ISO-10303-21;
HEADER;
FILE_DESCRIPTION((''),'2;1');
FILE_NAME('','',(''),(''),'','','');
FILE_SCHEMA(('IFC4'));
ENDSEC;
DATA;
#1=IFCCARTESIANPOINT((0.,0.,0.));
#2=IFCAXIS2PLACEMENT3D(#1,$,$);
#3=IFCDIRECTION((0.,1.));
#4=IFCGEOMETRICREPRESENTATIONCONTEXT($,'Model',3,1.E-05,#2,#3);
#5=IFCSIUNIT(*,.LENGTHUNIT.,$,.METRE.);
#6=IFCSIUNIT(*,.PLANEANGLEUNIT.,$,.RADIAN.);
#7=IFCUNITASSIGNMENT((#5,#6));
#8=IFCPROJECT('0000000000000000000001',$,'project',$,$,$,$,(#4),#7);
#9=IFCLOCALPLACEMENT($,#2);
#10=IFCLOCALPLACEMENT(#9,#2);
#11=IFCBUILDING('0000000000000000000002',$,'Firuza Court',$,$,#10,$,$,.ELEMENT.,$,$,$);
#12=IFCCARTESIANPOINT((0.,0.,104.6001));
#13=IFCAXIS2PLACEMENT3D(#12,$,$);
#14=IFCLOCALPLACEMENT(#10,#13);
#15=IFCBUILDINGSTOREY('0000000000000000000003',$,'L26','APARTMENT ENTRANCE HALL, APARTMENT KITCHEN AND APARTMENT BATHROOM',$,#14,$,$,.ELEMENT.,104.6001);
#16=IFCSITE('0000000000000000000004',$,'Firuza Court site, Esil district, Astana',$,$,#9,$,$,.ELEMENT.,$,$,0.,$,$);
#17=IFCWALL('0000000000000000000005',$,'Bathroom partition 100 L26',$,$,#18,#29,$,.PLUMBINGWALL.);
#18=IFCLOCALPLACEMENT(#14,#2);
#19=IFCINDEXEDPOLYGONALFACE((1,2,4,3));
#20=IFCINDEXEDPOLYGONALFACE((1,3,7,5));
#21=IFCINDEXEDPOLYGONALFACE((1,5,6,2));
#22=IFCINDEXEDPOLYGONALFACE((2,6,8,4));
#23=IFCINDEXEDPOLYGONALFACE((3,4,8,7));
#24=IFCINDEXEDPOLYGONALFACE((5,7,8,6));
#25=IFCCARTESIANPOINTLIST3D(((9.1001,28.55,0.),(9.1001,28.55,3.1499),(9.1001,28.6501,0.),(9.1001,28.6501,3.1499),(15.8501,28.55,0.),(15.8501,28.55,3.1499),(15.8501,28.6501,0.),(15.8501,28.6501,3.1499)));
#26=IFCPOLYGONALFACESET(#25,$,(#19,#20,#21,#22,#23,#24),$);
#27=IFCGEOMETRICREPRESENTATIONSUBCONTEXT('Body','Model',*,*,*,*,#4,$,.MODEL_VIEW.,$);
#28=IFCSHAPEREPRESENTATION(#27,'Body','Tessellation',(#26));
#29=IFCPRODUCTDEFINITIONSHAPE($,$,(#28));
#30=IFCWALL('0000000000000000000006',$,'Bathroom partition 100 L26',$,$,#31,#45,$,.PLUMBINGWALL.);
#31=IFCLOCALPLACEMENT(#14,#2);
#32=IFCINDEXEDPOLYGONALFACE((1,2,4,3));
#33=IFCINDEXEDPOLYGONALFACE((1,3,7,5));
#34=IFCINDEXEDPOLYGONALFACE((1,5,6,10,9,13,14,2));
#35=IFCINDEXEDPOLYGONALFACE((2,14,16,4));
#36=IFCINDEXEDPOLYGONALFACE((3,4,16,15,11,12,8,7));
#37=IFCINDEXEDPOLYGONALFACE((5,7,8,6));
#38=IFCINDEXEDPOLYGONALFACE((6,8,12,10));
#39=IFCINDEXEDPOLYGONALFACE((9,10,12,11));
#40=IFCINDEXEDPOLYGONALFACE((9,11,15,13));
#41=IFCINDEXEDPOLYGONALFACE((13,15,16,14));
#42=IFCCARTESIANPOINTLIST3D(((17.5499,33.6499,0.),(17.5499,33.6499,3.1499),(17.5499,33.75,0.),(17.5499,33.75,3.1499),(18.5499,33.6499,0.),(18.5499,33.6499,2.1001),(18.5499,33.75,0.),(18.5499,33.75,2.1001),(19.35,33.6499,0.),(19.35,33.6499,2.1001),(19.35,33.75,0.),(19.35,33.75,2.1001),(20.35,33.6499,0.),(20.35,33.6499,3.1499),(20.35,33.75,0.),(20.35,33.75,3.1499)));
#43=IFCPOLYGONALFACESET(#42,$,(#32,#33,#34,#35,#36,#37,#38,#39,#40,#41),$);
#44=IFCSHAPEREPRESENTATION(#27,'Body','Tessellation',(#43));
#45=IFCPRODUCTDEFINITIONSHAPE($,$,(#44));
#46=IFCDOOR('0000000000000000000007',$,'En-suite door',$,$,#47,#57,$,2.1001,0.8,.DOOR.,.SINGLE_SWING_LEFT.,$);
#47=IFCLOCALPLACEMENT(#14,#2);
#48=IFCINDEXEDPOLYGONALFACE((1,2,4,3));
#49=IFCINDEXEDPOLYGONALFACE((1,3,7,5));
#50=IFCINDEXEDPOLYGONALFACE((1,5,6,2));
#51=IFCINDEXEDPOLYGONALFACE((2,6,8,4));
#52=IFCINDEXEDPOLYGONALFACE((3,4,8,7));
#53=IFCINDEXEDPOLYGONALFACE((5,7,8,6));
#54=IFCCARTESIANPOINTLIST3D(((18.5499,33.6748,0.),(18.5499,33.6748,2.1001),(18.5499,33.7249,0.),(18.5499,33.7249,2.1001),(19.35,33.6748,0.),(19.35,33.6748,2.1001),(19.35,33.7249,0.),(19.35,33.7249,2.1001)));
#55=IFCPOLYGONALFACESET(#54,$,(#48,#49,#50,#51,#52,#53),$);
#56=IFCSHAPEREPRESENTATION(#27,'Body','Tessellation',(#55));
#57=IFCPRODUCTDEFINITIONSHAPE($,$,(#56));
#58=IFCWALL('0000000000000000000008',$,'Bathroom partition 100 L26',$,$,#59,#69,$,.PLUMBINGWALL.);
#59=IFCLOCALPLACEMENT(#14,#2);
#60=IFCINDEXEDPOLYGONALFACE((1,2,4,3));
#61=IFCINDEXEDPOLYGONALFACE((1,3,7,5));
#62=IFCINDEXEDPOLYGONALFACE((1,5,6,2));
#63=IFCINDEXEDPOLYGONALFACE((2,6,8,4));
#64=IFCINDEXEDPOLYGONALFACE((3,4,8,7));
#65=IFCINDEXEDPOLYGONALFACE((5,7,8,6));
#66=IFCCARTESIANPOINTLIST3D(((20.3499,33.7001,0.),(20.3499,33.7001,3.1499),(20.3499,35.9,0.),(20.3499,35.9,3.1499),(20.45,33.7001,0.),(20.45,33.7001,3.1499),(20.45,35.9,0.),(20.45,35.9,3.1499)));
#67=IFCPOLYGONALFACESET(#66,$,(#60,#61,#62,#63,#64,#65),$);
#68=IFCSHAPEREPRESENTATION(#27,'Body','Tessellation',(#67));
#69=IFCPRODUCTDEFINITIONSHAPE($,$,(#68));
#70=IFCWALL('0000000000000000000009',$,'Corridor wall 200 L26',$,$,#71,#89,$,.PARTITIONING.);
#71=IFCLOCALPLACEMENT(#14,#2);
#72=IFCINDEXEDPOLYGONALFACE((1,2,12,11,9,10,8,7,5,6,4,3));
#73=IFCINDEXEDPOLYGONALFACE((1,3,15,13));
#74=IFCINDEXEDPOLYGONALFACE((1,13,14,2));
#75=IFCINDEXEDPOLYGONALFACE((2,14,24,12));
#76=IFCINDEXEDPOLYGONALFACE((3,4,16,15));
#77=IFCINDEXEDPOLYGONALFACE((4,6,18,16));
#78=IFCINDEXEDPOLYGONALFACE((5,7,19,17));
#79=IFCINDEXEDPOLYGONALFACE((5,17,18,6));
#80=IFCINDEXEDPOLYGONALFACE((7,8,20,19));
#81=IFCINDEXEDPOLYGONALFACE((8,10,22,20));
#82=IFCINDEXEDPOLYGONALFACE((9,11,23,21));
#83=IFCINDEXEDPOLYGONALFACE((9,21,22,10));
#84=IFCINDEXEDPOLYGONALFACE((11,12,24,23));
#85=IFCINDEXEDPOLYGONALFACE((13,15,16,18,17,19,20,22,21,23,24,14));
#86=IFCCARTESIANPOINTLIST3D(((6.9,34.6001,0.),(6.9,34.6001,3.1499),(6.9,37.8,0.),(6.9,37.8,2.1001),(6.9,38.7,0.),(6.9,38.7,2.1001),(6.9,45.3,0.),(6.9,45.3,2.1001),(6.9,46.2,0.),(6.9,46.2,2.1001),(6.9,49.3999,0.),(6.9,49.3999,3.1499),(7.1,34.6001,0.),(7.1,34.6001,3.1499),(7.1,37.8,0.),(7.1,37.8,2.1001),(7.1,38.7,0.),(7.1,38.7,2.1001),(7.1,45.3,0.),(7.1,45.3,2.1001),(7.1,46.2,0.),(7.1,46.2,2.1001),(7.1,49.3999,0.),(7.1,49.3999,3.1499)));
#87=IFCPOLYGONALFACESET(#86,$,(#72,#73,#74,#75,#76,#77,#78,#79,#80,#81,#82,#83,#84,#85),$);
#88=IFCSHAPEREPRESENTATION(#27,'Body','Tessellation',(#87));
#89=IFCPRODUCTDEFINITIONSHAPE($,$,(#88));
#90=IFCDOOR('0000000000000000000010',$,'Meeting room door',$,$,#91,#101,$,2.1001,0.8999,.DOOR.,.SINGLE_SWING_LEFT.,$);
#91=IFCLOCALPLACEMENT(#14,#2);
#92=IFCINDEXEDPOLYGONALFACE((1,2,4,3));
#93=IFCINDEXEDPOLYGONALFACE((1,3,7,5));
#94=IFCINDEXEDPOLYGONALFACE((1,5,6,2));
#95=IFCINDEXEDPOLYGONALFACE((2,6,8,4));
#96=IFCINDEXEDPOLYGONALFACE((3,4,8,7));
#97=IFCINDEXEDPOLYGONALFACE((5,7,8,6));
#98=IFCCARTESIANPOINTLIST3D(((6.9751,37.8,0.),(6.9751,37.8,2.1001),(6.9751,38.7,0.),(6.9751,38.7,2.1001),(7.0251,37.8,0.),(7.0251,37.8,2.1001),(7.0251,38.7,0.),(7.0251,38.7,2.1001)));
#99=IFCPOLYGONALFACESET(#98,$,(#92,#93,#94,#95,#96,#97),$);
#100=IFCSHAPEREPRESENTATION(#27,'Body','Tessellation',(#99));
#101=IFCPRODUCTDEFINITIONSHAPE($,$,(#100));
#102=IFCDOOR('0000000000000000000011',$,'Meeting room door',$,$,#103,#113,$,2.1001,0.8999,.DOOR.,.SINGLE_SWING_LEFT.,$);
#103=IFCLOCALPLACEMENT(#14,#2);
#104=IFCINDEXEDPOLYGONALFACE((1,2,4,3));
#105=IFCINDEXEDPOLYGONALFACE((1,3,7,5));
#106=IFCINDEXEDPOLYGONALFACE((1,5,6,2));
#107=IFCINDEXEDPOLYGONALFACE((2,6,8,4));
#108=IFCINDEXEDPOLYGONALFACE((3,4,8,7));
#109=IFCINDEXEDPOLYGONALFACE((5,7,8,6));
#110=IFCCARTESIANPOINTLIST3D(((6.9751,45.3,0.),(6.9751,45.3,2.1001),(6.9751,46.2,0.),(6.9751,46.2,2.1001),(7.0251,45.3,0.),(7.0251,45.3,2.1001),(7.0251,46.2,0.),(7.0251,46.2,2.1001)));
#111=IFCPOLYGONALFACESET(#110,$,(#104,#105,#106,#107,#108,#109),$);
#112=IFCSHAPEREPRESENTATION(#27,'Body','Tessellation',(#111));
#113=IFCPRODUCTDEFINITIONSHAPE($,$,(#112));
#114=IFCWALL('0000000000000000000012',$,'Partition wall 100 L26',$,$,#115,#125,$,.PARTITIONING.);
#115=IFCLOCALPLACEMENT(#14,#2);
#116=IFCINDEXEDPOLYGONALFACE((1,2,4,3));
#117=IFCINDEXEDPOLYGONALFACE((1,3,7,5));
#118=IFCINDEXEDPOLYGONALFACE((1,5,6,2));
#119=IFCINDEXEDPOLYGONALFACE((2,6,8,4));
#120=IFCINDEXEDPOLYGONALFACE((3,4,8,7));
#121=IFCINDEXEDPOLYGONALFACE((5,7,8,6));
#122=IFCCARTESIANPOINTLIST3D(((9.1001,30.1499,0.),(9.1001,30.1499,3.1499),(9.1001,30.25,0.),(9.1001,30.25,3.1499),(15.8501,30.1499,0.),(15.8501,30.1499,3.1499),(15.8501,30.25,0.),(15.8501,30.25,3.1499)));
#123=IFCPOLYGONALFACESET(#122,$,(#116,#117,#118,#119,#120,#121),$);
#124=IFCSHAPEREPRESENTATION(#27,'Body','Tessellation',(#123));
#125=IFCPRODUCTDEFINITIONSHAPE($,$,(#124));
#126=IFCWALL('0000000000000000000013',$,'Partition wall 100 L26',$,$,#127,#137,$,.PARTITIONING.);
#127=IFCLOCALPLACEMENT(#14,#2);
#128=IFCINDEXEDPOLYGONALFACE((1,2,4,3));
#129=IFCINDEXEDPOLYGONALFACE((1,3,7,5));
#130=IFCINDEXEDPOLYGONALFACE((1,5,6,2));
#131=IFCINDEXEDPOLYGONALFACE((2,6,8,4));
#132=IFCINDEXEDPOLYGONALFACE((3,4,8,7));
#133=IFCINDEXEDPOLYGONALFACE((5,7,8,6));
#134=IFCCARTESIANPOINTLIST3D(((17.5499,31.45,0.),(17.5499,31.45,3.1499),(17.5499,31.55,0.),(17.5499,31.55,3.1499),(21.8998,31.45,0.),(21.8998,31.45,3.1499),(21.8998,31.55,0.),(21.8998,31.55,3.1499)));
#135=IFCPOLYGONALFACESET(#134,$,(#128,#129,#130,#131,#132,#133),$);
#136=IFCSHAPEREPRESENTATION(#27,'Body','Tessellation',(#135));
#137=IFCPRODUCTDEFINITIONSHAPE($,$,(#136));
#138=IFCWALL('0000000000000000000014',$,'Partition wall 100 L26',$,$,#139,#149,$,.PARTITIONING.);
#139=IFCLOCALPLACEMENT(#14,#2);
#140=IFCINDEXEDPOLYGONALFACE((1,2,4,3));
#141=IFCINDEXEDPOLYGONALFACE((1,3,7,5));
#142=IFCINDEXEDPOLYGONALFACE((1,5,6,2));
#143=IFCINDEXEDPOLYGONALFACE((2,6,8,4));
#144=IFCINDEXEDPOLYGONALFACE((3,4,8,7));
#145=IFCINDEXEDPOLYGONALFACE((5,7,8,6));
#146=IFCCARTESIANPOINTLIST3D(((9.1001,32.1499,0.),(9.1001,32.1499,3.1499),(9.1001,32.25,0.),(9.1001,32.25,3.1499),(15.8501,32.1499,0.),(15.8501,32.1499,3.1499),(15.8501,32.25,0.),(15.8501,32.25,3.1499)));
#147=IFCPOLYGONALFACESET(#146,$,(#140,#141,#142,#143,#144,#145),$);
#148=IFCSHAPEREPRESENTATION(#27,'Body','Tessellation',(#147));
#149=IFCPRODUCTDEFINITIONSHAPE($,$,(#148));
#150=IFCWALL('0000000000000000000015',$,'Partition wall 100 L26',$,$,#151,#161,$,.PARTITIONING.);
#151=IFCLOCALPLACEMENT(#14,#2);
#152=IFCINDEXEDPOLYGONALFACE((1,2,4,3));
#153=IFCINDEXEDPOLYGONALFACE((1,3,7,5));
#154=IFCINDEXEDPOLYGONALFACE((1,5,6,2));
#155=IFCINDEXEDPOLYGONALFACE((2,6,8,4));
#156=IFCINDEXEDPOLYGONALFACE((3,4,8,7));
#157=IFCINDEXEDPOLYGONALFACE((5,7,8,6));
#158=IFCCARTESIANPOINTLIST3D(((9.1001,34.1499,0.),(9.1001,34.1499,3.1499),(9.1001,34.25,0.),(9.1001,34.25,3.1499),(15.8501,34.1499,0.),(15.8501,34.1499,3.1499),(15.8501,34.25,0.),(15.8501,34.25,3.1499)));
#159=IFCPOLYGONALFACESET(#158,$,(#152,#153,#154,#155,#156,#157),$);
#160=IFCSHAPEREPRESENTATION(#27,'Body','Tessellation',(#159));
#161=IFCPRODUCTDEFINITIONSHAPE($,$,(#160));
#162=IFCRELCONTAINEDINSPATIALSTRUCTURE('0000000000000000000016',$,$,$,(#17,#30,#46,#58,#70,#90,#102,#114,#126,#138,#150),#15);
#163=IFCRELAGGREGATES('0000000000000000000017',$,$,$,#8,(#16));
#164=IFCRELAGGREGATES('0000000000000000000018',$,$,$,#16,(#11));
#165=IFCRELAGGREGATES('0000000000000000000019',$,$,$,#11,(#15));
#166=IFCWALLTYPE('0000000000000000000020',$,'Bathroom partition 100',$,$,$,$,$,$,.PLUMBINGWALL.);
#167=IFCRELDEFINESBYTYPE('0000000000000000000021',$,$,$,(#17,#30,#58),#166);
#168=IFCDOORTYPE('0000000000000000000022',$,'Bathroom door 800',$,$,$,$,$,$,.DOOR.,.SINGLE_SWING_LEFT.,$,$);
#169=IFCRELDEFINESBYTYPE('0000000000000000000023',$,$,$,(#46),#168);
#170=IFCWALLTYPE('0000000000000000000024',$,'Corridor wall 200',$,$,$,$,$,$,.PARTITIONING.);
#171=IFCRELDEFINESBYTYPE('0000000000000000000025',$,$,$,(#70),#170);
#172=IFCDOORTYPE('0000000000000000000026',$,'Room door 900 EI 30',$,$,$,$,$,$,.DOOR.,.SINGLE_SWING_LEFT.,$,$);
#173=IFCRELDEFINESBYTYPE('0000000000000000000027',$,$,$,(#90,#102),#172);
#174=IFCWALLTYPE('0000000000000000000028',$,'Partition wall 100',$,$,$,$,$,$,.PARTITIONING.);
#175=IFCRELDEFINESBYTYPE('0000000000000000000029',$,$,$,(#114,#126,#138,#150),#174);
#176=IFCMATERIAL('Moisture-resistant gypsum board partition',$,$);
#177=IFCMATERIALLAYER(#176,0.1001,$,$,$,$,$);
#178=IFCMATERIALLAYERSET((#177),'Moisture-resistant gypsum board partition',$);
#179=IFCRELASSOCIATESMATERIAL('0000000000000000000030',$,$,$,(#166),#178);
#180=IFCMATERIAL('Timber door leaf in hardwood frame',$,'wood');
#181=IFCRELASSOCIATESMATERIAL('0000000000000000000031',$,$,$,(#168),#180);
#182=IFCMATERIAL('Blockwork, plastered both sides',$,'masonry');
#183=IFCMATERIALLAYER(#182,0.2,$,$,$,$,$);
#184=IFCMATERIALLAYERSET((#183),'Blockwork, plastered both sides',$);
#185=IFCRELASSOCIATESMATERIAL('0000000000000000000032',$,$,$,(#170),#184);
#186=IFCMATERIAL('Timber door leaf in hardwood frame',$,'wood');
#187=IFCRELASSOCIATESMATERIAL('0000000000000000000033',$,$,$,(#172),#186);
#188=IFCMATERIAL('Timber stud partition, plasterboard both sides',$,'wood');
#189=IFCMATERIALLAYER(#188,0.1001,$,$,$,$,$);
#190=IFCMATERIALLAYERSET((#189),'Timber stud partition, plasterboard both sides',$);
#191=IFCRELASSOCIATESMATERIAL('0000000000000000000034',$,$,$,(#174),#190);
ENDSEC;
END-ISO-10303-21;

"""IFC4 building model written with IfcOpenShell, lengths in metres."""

from ifc_helpers import new_model, si_unit, direction, frame, frame_2d, origin, place, context, subcontext, project, spatial, rectangle, extrude, material, layer, layer_set, type_object, element, fill, save


model = new_model("IFC4")

# Units and contexts
model_context = context("Model", 3, precision=1e-05, world=origin(), true_north=direction((0.0, 1.0)))
body_context = subcontext(model_context, "Body", "Model", "MODEL_VIEW")
ifc_project = project(units=[si_unit("LENGTHUNIT", "METRE"), si_unit("PLANEANGLEUNIT", "RADIAN")], contexts=[model_context])

# Site, building, storey
site_placement = place(None, origin())
site = spatial("IfcSite", under=ifc_project, at=site_placement, Name="Firuza Court site, Esil district, Astana", CompositionType="ELEMENT", RefElevation=0.0)
building_placement = place(site_placement, origin())
building = spatial("IfcBuilding", under=site, at=building_placement, Name="Firuza Court", CompositionType="ELEMENT")
storey_placement = place(building_placement, frame((0.0, 0.0, 104.6001)))
storey = spatial("IfcBuildingStorey", under=building, at=storey_placement, Name="L26", Description="APARTMENT ENTRANCE HALL, APARTMENT KITCHEN AND APARTMENT BATHROOM", CompositionType="ELEMENT", Elevation=104.6001)

# Wall
ifc_material_1 = material(Name="Moisture-resistant gypsum board partition")
ifc_layer_1 = layer(ifc_material_1, 0.1001)
ifc_layer_set_1 = layer_set([ifc_layer_1], Name="Moisture-resistant gypsum board partition")
wall_type_1 = type_object("IfcWallType", Name="Bathroom partition 100", PredefinedType="PLUMBINGWALL", material=ifc_layer_set_1)
wall_1_placement = place(storey_placement, frame((9.1001, 28.6001, 0.0), z_axis=(0.0, 0.0, 1.0), x_axis=(1.0, 0.0, 0.0)))
element("IfcWall", 1, at=wall_1_placement, inside=storey, type_object=wall_type_1, Name="Bathroom partition 100 L26", PredefinedType="PLUMBINGWALL", context=body_context, shape_type="SweptSolid", body=[
    extrude(rectangle(XDim=6.75, YDim=0.1001, at=frame_2d((3.375, 0.0))), origin(), (0.0, 0.0, 1.0), 3.1499),
])

# Wall, opening, door
wall_2_placement = place(storey_placement, frame((17.55, 33.7, 0.0), z_axis=(0.0, 0.0, 1.0), x_axis=(1.0, 0.0, 0.0)))
wall_2 = element("IfcWall", 2, at=wall_2_placement, inside=storey, type_object=wall_type_1, Name="Bathroom partition 100 L26", PredefinedType="PLUMBINGWALL", context=body_context, shape_type="SweptSolid", body=[
    extrude(rectangle(XDim=2.8, YDim=0.1001, at=frame_2d((1.3999, 0.0))), origin(), (0.0, 0.0, 1.0), 3.1499),
])
opening_1_placement = place(wall_2_placement, frame((1.0, 0.0, 0.0)))
opening_1 = element("IfcOpeningElement", 3, at=opening_1_placement, cuts=wall_2, PredefinedType="OPENING", context=body_context, shape_type="SweptSolid", body=[
    extrude(rectangle(XDim=0.8, YDim=2.1001, at=frame_2d((0.3999, 1.05))), frame((0.0, 0.062, 0.0), z_axis=(0.0, -1.0, 0.0), x_axis=(1.0, 0.0, 0.0)), (0.0, 0.0, 1.0), 0.124),
])
ifc_material_2 = material(Name="Timber door leaf in hardwood frame", Category="wood")
door_type_1 = type_object("IfcDoorType", Name="Bathroom door 800", OperationType="SINGLE_SWING_LEFT", PredefinedType="DOOR", material=ifc_material_2)
door_1_placement = place(opening_1_placement, origin())
door_1 = element("IfcDoor", 4, at=door_1_placement, inside=storey, type_object=door_type_1, Name="En-suite door", OperationType="SINGLE_SWING_LEFT", OverallHeight=2.1001, OverallWidth=0.8, PredefinedType="DOOR", context=body_context, shape_type="SweptSolid", body=[
    extrude(rectangle(XDim=0.8, YDim=2.1001, at=frame_2d((0.3999, 1.05))), frame((0.0, 0.0249, 0.0), z_axis=(0.0, -1.0, 0.0), x_axis=(1.0, 0.0, 0.0)), (0.0, 0.0, 1.0), 0.05),
])
fill(opening_1, door_1)

# Wall
wall_3_placement = place(storey_placement, frame((20.3999, 33.7, 0.0), z_axis=(0.0, 0.0, 1.0), x_axis=(0.0, 1.0, 0.0)))
element("IfcWall", 5, at=wall_3_placement, inside=storey, type_object=wall_type_1, Name="Bathroom partition 100 L26", PredefinedType="PLUMBINGWALL", context=body_context, shape_type="SweptSolid", body=[
    extrude(rectangle(XDim=2.2, YDim=0.1001, at=frame_2d((1.1001, 0.0))), origin(), (0.0, 0.0, 1.0), 3.1499),
])

# Wall, openings, doors
ifc_material_3 = material(Name="Blockwork, plastered both sides", Category="masonry")
ifc_layer_2 = layer(ifc_material_3, 0.2)
ifc_layer_set_2 = layer_set([ifc_layer_2], Name="Blockwork, plastered both sides")
wall_type_2 = type_object("IfcWallType", Name="Corridor wall 200", PredefinedType="PARTITIONING", material=ifc_layer_set_2)
wall_4_placement = place(storey_placement, frame((7.0, 34.6001, 0.0), z_axis=(0.0, 0.0, 1.0), x_axis=(0.0, 1.0, 0.0)))
wall_4 = element("IfcWall", 6, at=wall_4_placement, inside=storey, type_object=wall_type_2, Name="Corridor wall 200 L26", PredefinedType="PARTITIONING", context=body_context, shape_type="SweptSolid", body=[
    extrude(rectangle(XDim=14.7998, YDim=0.2, at=frame_2d((7.3999, 0.0))), origin(), (0.0, 0.0, 1.0), 3.1499),
])
opening_2_placement = place(wall_4_placement, frame((3.2, 0.0, 0.0)))
opening_2 = element("IfcOpeningElement", 7, at=opening_2_placement, cuts=wall_4, PredefinedType="OPENING", context=body_context, shape_type="SweptSolid", body=[
    extrude(rectangle(XDim=0.8999, YDim=2.1001, at=frame_2d((0.45, 1.05))), frame((0.0, 0.1118, 0.0), z_axis=(0.0, -1.0, 0.0), x_axis=(1.0, 0.0, 0.0)), (0.0, 0.0, 1.0), 0.2239),
])
opening_3_placement = place(wall_4_placement, frame((10.7, 0.0, 0.0)))
opening_3 = element("IfcOpeningElement", 8, at=opening_3_placement, cuts=wall_4, PredefinedType="OPENING", context=body_context, shape_type="SweptSolid", body=[
    extrude(rectangle(XDim=0.8999, YDim=2.1001, at=frame_2d((0.45, 1.05))), frame((0.0, 0.1118, 0.0), z_axis=(0.0, -1.0, 0.0), x_axis=(1.0, 0.0, 0.0)), (0.0, 0.0, 1.0), 0.2239),
])
ifc_material_4 = material(Name="Timber door leaf in hardwood frame", Category="wood")
door_type_2 = type_object("IfcDoorType", Name="Room door 900 EI 30", OperationType="SINGLE_SWING_LEFT", PredefinedType="DOOR", material=ifc_material_4)
door_2_placement = place(opening_2_placement, origin())
door_2 = element("IfcDoor", 9, at=door_2_placement, inside=storey, type_object=door_type_2, Name="Meeting room door", OperationType="SINGLE_SWING_LEFT", OverallHeight=2.1001, OverallWidth=0.8999, PredefinedType="DOOR", context=body_context, shape_type="SweptSolid", body=[
    extrude(rectangle(XDim=0.8999, YDim=2.1001, at=frame_2d((0.45, 1.05))), frame((0.0, 0.0249, 0.0), z_axis=(0.0, -1.0, 0.0), x_axis=(1.0, 0.0, 0.0)), (0.0, 0.0, 1.0), 0.05),
])
fill(opening_2, door_2)
door_3_placement = place(opening_3_placement, origin())
door_3 = element("IfcDoor", 10, at=door_3_placement, inside=storey, type_object=door_type_2, Name="Meeting room door", OperationType="SINGLE_SWING_LEFT", OverallHeight=2.1001, OverallWidth=0.8999, PredefinedType="DOOR", context=body_context, shape_type="SweptSolid", body=[
    extrude(rectangle(XDim=0.8999, YDim=2.1001, at=frame_2d((0.45, 1.05))), frame((0.0, 0.0249, 0.0), z_axis=(0.0, -1.0, 0.0), x_axis=(1.0, 0.0, 0.0)), (0.0, 0.0, 1.0), 0.05),
])
fill(opening_3, door_3)

# Walls
ifc_material_5 = material(Name="Timber stud partition, plasterboard both sides", Category="wood")
ifc_layer_3 = layer(ifc_material_5, 0.1001)
ifc_layer_set_3 = layer_set([ifc_layer_3], Name="Timber stud partition, plasterboard both sides")
wall_type_3 = type_object("IfcWallType", Name="Partition wall 100", PredefinedType="PARTITIONING", material=ifc_layer_set_3)
wall_5_placement = place(storey_placement, frame((9.1001, 30.2, 0.0), z_axis=(0.0, 0.0, 1.0), x_axis=(1.0, 0.0, 0.0)))
element("IfcWall", 11, at=wall_5_placement, inside=storey, type_object=wall_type_3, Name="Partition wall 100 L26", PredefinedType="PARTITIONING", context=body_context, shape_type="SweptSolid", body=[
    extrude(rectangle(XDim=6.75, YDim=0.1001, at=frame_2d((3.375, 0.0))), origin(), (0.0, 0.0, 1.0), 3.1499),
])
wall_6_placement = place(storey_placement, frame((17.55, 31.5, 0.0), z_axis=(0.0, 0.0, 1.0), x_axis=(1.0, 0.0, 0.0)))
element("IfcWall", 12, at=wall_6_placement, inside=storey, type_object=wall_type_3, Name="Partition wall 100 L26", PredefinedType="PARTITIONING", context=body_context, shape_type="SweptSolid", body=[
    extrude(rectangle(XDim=4.3499, YDim=0.1001, at=frame_2d((2.1748, 0.0))), origin(), (0.0, 0.0, 1.0), 3.1499),
])
for number, where, z_axis, x_axis, name in (
    (13, (9.1001, 32.2, 0.0), (0.0, 0.0, 1.0), (1.0, 0.0, 0.0), "Partition wall 100 L26"),
    (14, (9.1001, 34.2, 0.0), (0.0, 0.0, 1.0), (1.0, 0.0, 0.0), "Partition wall 100 L26"),
):
    element("IfcWall", number, at=place(storey_placement, frame(where, z_axis=z_axis, x_axis=x_axis)), inside=storey, type_object=wall_type_3, Name=name, PredefinedType="PARTITIONING", context=body_context, shape_type="SweptSolid", body=[
        extrude(rectangle(XDim=6.75, YDim=0.1001, at=frame_2d((3.375, 0.0))), origin(), (0.0, 0.0, 1.0), 3.1499),
    ])

save(model, "model.ifc")
